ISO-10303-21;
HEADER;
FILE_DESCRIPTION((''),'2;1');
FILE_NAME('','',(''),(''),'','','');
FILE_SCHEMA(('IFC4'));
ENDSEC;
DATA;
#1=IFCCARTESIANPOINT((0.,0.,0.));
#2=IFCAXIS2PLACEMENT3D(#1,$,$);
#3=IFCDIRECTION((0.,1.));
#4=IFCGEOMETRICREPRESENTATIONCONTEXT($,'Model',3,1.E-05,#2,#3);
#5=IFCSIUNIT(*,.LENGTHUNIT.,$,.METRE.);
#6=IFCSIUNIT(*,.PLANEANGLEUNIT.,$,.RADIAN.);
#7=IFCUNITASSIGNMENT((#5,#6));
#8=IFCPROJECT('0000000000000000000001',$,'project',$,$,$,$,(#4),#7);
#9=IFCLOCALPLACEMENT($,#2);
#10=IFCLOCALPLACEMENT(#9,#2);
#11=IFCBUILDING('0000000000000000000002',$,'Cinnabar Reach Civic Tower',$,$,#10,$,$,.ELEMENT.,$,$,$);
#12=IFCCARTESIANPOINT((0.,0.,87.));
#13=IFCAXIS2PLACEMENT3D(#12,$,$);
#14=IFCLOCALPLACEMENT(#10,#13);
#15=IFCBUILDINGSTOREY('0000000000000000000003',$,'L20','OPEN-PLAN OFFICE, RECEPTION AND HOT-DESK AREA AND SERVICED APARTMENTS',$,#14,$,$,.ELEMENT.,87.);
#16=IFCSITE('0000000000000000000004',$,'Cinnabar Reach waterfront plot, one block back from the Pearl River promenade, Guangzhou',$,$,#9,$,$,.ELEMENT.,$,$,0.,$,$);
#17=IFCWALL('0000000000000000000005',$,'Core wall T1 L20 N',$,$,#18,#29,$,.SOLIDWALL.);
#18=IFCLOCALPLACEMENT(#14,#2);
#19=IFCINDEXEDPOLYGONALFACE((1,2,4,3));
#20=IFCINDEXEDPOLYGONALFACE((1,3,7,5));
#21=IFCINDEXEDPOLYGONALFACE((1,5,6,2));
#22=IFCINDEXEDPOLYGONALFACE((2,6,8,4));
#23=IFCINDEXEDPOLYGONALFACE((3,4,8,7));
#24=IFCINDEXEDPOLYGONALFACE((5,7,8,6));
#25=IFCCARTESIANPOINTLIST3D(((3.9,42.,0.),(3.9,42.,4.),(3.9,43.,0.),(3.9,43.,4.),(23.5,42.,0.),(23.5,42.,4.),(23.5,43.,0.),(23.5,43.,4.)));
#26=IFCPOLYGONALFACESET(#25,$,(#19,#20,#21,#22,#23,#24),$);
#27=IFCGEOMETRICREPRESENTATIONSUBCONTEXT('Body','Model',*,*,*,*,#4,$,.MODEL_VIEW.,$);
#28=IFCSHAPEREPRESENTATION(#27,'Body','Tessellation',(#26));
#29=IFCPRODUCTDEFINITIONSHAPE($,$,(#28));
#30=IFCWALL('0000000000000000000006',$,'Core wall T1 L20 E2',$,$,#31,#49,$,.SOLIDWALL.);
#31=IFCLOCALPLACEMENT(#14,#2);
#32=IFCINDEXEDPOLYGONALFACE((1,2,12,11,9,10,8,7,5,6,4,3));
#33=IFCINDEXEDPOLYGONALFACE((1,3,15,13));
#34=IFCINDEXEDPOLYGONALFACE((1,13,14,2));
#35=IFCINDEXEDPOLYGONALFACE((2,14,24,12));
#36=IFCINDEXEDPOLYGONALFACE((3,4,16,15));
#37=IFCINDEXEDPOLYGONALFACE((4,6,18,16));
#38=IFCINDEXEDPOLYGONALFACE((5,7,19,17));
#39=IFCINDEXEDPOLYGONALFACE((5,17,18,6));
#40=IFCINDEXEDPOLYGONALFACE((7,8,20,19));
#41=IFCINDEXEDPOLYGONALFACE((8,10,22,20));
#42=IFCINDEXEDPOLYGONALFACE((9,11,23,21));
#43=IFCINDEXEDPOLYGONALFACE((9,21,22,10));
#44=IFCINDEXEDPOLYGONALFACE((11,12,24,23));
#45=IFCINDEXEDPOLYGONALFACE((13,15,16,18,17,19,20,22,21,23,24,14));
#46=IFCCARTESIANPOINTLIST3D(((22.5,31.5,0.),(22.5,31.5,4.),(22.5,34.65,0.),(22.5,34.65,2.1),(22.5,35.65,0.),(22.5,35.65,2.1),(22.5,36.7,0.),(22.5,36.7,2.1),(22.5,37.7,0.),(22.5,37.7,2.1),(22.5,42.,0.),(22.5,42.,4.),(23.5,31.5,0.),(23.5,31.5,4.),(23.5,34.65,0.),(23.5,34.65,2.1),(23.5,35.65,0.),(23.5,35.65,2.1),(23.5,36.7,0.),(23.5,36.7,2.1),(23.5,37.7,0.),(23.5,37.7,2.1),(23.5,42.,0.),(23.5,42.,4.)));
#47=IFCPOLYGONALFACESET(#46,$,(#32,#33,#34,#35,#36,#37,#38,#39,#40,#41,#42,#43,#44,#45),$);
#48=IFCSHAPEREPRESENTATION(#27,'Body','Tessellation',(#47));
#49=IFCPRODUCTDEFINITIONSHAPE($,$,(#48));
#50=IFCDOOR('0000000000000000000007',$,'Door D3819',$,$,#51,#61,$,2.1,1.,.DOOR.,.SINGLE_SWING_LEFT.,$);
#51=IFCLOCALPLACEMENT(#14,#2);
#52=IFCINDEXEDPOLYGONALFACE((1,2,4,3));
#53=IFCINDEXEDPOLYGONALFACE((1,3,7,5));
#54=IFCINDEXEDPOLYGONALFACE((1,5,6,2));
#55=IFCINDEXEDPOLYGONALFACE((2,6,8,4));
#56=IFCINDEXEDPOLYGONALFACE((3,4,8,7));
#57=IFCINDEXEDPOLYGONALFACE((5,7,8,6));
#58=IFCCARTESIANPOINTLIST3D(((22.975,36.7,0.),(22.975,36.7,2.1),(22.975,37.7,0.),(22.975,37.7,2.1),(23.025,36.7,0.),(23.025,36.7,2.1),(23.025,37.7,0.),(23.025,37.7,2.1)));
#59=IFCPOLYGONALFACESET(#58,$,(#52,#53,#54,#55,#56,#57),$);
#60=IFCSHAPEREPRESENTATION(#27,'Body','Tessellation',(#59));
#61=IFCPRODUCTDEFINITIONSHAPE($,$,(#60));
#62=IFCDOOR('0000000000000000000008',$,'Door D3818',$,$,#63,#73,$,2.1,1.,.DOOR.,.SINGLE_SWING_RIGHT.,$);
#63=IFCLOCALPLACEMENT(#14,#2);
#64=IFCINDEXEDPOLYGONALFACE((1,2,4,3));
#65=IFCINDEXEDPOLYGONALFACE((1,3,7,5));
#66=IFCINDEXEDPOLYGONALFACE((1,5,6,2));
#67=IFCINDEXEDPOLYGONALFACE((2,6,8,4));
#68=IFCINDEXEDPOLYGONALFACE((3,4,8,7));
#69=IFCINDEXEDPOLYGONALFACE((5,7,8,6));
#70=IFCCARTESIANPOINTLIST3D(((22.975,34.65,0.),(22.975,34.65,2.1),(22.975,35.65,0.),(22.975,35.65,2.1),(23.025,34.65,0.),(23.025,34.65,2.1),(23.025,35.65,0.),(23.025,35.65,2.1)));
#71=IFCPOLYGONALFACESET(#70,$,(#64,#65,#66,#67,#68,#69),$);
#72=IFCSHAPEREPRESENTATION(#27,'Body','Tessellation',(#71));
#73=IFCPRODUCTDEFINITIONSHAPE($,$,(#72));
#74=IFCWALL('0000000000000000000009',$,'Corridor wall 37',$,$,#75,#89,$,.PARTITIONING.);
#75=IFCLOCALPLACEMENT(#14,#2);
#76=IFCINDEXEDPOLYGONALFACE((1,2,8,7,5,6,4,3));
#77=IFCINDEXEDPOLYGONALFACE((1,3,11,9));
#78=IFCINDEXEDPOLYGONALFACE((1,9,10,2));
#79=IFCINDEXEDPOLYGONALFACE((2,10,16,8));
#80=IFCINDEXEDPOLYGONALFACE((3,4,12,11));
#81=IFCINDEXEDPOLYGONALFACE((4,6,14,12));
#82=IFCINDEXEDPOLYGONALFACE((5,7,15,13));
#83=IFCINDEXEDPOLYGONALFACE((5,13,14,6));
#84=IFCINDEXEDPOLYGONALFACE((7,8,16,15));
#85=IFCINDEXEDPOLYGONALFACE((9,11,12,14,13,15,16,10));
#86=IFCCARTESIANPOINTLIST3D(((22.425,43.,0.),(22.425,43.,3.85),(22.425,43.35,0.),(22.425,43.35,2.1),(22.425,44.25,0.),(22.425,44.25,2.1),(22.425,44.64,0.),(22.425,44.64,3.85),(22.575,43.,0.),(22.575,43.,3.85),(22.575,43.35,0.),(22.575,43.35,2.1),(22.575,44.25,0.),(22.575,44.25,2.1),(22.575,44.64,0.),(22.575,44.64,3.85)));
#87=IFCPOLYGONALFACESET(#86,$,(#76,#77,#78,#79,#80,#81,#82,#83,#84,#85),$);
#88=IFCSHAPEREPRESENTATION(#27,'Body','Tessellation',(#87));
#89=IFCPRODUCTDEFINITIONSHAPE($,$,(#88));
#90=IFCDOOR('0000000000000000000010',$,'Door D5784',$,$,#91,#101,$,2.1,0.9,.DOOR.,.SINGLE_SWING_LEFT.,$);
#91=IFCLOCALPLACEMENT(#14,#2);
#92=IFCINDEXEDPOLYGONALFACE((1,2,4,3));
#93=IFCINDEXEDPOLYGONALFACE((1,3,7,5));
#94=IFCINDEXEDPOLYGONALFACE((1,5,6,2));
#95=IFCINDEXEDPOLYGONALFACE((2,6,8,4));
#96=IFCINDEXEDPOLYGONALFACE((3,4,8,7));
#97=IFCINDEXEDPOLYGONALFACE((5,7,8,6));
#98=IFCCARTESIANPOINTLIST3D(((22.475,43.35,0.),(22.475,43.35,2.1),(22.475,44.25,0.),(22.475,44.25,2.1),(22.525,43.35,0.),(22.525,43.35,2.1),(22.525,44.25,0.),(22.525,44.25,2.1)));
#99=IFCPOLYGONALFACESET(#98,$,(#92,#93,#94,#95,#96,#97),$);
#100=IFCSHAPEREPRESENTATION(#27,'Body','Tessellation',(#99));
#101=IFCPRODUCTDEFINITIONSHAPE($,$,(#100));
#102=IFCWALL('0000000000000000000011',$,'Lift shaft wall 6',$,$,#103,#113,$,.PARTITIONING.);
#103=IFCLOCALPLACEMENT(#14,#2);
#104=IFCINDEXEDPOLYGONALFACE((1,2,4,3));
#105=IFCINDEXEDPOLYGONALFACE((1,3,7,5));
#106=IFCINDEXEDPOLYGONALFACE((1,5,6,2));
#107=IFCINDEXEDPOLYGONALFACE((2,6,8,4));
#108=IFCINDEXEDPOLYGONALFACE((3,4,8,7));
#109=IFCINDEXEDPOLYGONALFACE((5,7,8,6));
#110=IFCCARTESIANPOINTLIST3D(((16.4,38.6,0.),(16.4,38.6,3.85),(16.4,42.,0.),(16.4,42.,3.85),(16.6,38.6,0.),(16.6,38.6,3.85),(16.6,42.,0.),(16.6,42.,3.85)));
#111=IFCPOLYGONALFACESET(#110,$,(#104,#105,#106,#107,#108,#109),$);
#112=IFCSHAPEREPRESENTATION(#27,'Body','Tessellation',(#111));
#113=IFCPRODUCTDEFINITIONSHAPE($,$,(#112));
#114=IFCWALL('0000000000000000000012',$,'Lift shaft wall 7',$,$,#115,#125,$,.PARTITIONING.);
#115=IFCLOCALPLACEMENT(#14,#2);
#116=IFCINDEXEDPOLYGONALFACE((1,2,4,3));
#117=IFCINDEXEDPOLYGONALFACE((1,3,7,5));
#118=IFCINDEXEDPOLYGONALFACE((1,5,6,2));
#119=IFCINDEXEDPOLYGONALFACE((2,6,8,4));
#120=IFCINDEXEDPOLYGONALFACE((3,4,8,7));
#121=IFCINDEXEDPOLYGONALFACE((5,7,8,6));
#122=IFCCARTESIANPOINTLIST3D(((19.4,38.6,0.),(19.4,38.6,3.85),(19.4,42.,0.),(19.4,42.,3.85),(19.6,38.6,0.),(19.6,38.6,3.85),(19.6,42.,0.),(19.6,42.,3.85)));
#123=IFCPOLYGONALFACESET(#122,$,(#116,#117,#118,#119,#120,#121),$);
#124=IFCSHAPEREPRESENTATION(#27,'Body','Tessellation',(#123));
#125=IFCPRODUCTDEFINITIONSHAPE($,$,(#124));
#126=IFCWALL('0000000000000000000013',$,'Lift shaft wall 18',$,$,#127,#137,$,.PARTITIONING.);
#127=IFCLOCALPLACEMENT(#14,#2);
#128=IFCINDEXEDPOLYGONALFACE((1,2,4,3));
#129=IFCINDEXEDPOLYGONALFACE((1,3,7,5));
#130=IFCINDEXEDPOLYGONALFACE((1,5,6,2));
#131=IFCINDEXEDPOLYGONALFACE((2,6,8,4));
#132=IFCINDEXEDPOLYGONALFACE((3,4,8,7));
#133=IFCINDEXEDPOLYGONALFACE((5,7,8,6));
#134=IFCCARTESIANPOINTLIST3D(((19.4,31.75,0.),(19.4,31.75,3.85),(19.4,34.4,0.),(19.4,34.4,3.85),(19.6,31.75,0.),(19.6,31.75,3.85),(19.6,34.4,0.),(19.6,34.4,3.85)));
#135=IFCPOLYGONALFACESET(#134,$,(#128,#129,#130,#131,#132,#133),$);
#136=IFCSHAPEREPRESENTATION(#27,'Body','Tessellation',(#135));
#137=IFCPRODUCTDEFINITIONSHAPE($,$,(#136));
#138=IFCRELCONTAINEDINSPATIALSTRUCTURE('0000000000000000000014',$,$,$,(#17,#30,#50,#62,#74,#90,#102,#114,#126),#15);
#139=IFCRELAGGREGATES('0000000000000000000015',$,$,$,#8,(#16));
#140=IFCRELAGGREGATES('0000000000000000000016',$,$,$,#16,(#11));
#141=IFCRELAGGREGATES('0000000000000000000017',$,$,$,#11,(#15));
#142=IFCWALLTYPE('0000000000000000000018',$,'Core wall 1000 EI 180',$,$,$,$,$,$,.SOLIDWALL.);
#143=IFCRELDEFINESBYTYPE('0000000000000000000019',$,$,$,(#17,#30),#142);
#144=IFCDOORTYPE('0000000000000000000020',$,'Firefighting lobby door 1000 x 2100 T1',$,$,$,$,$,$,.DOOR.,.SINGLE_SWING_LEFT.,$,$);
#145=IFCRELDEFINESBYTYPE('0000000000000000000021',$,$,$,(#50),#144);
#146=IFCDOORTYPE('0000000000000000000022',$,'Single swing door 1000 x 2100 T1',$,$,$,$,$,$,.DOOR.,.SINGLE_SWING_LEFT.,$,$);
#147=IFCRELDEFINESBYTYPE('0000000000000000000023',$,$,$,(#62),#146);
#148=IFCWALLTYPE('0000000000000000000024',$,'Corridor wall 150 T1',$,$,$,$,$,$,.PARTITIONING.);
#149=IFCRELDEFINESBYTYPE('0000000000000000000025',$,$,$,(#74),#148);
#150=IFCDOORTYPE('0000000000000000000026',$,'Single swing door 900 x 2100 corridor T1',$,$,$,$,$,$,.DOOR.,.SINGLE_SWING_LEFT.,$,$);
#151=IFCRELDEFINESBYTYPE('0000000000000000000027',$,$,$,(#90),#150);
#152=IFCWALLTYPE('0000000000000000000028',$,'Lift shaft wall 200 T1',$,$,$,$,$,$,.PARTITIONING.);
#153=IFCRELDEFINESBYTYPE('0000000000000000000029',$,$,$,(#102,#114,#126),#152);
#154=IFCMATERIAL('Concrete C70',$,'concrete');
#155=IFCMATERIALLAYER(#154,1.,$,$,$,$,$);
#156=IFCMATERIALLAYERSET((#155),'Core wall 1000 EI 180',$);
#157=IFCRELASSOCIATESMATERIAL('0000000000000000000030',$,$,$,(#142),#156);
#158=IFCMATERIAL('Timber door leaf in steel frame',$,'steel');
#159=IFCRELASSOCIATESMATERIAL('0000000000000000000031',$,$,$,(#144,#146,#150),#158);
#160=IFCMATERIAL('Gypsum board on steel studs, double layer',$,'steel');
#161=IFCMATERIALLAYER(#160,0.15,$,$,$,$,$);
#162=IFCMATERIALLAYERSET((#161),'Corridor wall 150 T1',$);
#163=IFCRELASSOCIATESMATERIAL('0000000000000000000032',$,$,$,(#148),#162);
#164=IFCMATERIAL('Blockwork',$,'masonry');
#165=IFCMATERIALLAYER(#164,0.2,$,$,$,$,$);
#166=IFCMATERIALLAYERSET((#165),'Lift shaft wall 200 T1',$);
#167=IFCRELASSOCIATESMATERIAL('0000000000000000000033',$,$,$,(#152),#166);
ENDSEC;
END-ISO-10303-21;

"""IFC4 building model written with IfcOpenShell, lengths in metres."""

from ifc_helpers import new_model, si_unit, direction, frame, frame_2d, origin, place, context, subcontext, project, spatial, rectangle, extrude, material, layer, layer_set, type_object, element, fill, save


model = new_model("IFC4")

# Units and contexts
model_context = context("Model", 3, precision=1e-05, world=origin(), true_north=direction((0.0, 1.0)))
body_context = subcontext(model_context, "Body", "Model", "MODEL_VIEW")
ifc_project = project(units=[si_unit("LENGTHUNIT", "METRE"), si_unit("PLANEANGLEUNIT", "RADIAN")], contexts=[model_context])

# Site, building, storey
site_placement = place(None, origin())
site = spatial("IfcSite", under=ifc_project, at=site_placement, Name="Cinnabar Reach waterfront plot, one block back from the Pearl River promenade, Guangzhou", CompositionType="ELEMENT", RefElevation=0.0)
building_placement = place(site_placement, origin())
building = spatial("IfcBuilding", under=site, at=building_placement, Name="Cinnabar Reach Civic Tower", CompositionType="ELEMENT")
storey_placement = place(building_placement, frame((0.0, 0.0, 87.0)))
storey = spatial("IfcBuildingStorey", under=building, at=storey_placement, Name="L20", Description="OPEN-PLAN OFFICE, RECEPTION AND HOT-DESK AREA AND SERVICED APARTMENTS", CompositionType="ELEMENT", Elevation=87.0)

# Shared definitions
ifc_material_1 = material(Name="Concrete C70", Category="concrete")

# Wall
ifc_layer_1 = layer(ifc_material_1, 1.0)
ifc_layer_set_1 = layer_set([ifc_layer_1], Name="Core wall 1000 EI 180")
wall_type_1 = type_object("IfcWallType", Name="Core wall 1000 EI 180", PredefinedType="SOLIDWALL", material=ifc_layer_set_1)
wall_1_placement = place(storey_placement, frame((23.5, 42.5, 0.0), z_axis=(0.0, 0.0, 1.0), x_axis=(-1.0, 0.0, 0.0)))
element("IfcWall", 1, at=wall_1_placement, inside=storey, type_object=wall_type_1, Name="Core wall T1 L20 N", PredefinedType="SOLIDWALL", context=body_context, shape_type="SweptSolid", body=[
    extrude(rectangle(XDim=19.6, YDim=1.0, at=frame_2d((9.8, 0.0))), origin(), (0.0, 0.0, 1.0), 4.0),
])

# Wall, openings, doors
wall_2_placement = place(storey_placement, frame((23.0, 31.5, 0.0), z_axis=(0.0, 0.0, 1.0), x_axis=(0.0, 1.0, 0.0)))
wall_2 = element("IfcWall", 2, at=wall_2_placement, inside=storey, type_object=wall_type_1, Name="Core wall T1 L20 E2", PredefinedType="SOLIDWALL", context=body_context, shape_type="SweptSolid", body=[
    extrude(rectangle(XDim=10.5, YDim=1.0, at=frame_2d((5.25, 0.0))), origin(), (0.0, 0.0, 1.0), 4.0),
])
opening_1_placement = place(wall_2_placement, frame((3.15, 0.0, 0.0)))
opening_1 = element("IfcOpeningElement", 3, at=opening_1_placement, cuts=wall_2, PredefinedType="OPENING", context=body_context, shape_type="SweptSolid", body=[
    extrude(rectangle(XDim=1.0, YDim=2.1, at=frame_2d((0.5, 1.05))), frame((0.0, 0.51, 0.0), z_axis=(0.0, -1.0, 0.0), x_axis=(1.0, 0.0, 0.0)), (0.0, 0.0, 1.0), 1.02),
])
opening_2_placement = place(wall_2_placement, frame((5.2, 0.0, 0.0)))
opening_2 = element("IfcOpeningElement", 4, at=opening_2_placement, cuts=wall_2, PredefinedType="OPENING", context=body_context, shape_type="SweptSolid", body=[
    extrude(rectangle(XDim=1.0, YDim=2.1, at=frame_2d((0.5, 1.05))), frame((0.0, 0.51, 0.0), z_axis=(0.0, -1.0, 0.0), x_axis=(1.0, 0.0, 0.0)), (0.0, 0.0, 1.0), 1.02),
])
ifc_material_2 = material(Name="Timber door leaf in steel frame", Category="steel")
door_type_1 = type_object("IfcDoorType", Name="Firefighting lobby door 1000 x 2100 T1", OperationType="SINGLE_SWING_LEFT", PredefinedType="DOOR", material=ifc_material_2)
door_1_placement = place(opening_2_placement, origin())
door_1 = element("IfcDoor", 5, at=door_1_placement, inside=storey, type_object=door_type_1, Name="Door D3819", OperationType="SINGLE_SWING_LEFT", OverallHeight=2.1, OverallWidth=1.0, PredefinedType="DOOR", context=body_context, shape_type="SweptSolid", body=[
    extrude(rectangle(XDim=1.0, YDim=2.1, at=frame_2d((0.5, 1.05))), frame((0.0, 0.025, 0.0), z_axis=(0.0, -1.0, 0.0), x_axis=(1.0, 0.0, 0.0)), (0.0, 0.0, 1.0), 0.05),
])
fill(opening_2, door_1)
door_type_2 = type_object("IfcDoorType", Name="Single swing door 1000 x 2100 T1", OperationType="SINGLE_SWING_LEFT", PredefinedType="DOOR", material=ifc_material_2)
door_2_placement = place(opening_1_placement, origin())
door_2 = element("IfcDoor", 6, at=door_2_placement, inside=storey, type_object=door_type_2, Name="Door D3818", OperationType="SINGLE_SWING_RIGHT", OverallHeight=2.1, OverallWidth=1.0, PredefinedType="DOOR", context=body_context, shape_type="SweptSolid", body=[
    extrude(rectangle(XDim=1.0, YDim=2.1, at=frame_2d((0.5, 1.05))), frame((0.0, 0.025, 0.0), z_axis=(0.0, -1.0, 0.0), x_axis=(1.0, 0.0, 0.0)), (0.0, 0.0, 1.0), 0.05),
])
fill(opening_1, door_2)

# Wall, opening, door
ifc_material_3 = material(Name="Gypsum board on steel studs, double layer", Category="steel")
ifc_layer_2 = layer(ifc_material_3, 0.15)
ifc_layer_set_2 = layer_set([ifc_layer_2], Name="Corridor wall 150 T1")
wall_type_2 = type_object("IfcWallType", Name="Corridor wall 150 T1", PredefinedType="PARTITIONING", material=ifc_layer_set_2)
wall_3_placement = place(storey_placement, frame((22.5, 43.0, 0.0), z_axis=(0.0, 0.0, 1.0), x_axis=(0.0, 1.0, 0.0)))
wall_3 = element("IfcWall", 7, at=wall_3_placement, inside=storey, type_object=wall_type_2, Name="Corridor wall 37", PredefinedType="PARTITIONING", context=body_context, shape_type="SweptSolid", body=[
    extrude(rectangle(XDim=1.64, YDim=0.15, at=frame_2d((0.82, 0.0))), origin(), (0.0, 0.0, 1.0), 3.85),
])
opening_3_placement = place(wall_3_placement, frame((0.35, 0.0, 0.0)))
opening_3 = element("IfcOpeningElement", 8, at=opening_3_placement, cuts=wall_3, PredefinedType="OPENING", context=body_context, shape_type="SweptSolid", body=[
    extrude(rectangle(XDim=0.9, YDim=2.1, at=frame_2d((0.45, 1.05))), frame((0.0, 0.085, 0.0), z_axis=(0.0, -1.0, 0.0), x_axis=(1.0, 0.0, 0.0)), (0.0, 0.0, 1.0), 0.17),
])
door_type_3 = type_object("IfcDoorType", Name="Single swing door 900 x 2100 corridor T1", OperationType="SINGLE_SWING_LEFT", PredefinedType="DOOR", material=ifc_material_2)
door_3_placement = place(opening_3_placement, origin())
door_3 = element("IfcDoor", 9, at=door_3_placement, inside=storey, type_object=door_type_3, Name="Door D5784", OperationType="SINGLE_SWING_LEFT", OverallHeight=2.1, OverallWidth=0.9, PredefinedType="DOOR", context=body_context, shape_type="SweptSolid", body=[
    extrude(rectangle(XDim=0.9, YDim=2.1, at=frame_2d((0.45, 1.05))), frame((0.0, 0.025, 0.0), z_axis=(0.0, -1.0, 0.0), x_axis=(1.0, 0.0, 0.0)), (0.0, 0.0, 1.0), 0.05),
])
fill(opening_3, door_3)

# Walls
ifc_material_4 = material(Name="Blockwork", Category="masonry")
ifc_layer_3 = layer(ifc_material_4, 0.2)
ifc_layer_set_3 = layer_set([ifc_layer_3], Name="Lift shaft wall 200 T1")
wall_type_3 = type_object("IfcWallType", Name="Lift shaft wall 200 T1", PredefinedType="PARTITIONING", material=ifc_layer_set_3)
for number, where, z_axis, x_axis, name in (
    (10, (16.5, 38.6, 0.0), (0.0, 0.0, 1.0), (0.0, 1.0, 0.0), "Lift shaft wall 6"),
    (11, (19.5, 38.6, 0.0), (0.0, 0.0, 1.0), (0.0, 1.0, 0.0), "Lift shaft wall 7"),
):
    element("IfcWall", number, at=place(storey_placement, frame(where, z_axis=z_axis, x_axis=x_axis)), inside=storey, type_object=wall_type_3, Name=name, PredefinedType="PARTITIONING", context=body_context, shape_type="SweptSolid", body=[
        extrude(rectangle(XDim=3.4, YDim=0.2, at=frame_2d((1.7, 0.0))), origin(), (0.0, 0.0, 1.0), 3.85),
    ])
wall_4_placement = place(storey_placement, frame((19.5, 31.75, 0.0), z_axis=(0.0, 0.0, 1.0), x_axis=(0.0, 1.0, 0.0)))
element("IfcWall", 12, at=wall_4_placement, inside=storey, type_object=wall_type_3, Name="Lift shaft wall 18", PredefinedType="PARTITIONING", context=body_context, shape_type="SweptSolid", body=[
    extrude(rectangle(XDim=2.65, YDim=0.2, at=frame_2d((1.325, 0.0))), origin(), (0.0, 0.0, 1.0), 3.85),
])

save(model, "model.ifc")
